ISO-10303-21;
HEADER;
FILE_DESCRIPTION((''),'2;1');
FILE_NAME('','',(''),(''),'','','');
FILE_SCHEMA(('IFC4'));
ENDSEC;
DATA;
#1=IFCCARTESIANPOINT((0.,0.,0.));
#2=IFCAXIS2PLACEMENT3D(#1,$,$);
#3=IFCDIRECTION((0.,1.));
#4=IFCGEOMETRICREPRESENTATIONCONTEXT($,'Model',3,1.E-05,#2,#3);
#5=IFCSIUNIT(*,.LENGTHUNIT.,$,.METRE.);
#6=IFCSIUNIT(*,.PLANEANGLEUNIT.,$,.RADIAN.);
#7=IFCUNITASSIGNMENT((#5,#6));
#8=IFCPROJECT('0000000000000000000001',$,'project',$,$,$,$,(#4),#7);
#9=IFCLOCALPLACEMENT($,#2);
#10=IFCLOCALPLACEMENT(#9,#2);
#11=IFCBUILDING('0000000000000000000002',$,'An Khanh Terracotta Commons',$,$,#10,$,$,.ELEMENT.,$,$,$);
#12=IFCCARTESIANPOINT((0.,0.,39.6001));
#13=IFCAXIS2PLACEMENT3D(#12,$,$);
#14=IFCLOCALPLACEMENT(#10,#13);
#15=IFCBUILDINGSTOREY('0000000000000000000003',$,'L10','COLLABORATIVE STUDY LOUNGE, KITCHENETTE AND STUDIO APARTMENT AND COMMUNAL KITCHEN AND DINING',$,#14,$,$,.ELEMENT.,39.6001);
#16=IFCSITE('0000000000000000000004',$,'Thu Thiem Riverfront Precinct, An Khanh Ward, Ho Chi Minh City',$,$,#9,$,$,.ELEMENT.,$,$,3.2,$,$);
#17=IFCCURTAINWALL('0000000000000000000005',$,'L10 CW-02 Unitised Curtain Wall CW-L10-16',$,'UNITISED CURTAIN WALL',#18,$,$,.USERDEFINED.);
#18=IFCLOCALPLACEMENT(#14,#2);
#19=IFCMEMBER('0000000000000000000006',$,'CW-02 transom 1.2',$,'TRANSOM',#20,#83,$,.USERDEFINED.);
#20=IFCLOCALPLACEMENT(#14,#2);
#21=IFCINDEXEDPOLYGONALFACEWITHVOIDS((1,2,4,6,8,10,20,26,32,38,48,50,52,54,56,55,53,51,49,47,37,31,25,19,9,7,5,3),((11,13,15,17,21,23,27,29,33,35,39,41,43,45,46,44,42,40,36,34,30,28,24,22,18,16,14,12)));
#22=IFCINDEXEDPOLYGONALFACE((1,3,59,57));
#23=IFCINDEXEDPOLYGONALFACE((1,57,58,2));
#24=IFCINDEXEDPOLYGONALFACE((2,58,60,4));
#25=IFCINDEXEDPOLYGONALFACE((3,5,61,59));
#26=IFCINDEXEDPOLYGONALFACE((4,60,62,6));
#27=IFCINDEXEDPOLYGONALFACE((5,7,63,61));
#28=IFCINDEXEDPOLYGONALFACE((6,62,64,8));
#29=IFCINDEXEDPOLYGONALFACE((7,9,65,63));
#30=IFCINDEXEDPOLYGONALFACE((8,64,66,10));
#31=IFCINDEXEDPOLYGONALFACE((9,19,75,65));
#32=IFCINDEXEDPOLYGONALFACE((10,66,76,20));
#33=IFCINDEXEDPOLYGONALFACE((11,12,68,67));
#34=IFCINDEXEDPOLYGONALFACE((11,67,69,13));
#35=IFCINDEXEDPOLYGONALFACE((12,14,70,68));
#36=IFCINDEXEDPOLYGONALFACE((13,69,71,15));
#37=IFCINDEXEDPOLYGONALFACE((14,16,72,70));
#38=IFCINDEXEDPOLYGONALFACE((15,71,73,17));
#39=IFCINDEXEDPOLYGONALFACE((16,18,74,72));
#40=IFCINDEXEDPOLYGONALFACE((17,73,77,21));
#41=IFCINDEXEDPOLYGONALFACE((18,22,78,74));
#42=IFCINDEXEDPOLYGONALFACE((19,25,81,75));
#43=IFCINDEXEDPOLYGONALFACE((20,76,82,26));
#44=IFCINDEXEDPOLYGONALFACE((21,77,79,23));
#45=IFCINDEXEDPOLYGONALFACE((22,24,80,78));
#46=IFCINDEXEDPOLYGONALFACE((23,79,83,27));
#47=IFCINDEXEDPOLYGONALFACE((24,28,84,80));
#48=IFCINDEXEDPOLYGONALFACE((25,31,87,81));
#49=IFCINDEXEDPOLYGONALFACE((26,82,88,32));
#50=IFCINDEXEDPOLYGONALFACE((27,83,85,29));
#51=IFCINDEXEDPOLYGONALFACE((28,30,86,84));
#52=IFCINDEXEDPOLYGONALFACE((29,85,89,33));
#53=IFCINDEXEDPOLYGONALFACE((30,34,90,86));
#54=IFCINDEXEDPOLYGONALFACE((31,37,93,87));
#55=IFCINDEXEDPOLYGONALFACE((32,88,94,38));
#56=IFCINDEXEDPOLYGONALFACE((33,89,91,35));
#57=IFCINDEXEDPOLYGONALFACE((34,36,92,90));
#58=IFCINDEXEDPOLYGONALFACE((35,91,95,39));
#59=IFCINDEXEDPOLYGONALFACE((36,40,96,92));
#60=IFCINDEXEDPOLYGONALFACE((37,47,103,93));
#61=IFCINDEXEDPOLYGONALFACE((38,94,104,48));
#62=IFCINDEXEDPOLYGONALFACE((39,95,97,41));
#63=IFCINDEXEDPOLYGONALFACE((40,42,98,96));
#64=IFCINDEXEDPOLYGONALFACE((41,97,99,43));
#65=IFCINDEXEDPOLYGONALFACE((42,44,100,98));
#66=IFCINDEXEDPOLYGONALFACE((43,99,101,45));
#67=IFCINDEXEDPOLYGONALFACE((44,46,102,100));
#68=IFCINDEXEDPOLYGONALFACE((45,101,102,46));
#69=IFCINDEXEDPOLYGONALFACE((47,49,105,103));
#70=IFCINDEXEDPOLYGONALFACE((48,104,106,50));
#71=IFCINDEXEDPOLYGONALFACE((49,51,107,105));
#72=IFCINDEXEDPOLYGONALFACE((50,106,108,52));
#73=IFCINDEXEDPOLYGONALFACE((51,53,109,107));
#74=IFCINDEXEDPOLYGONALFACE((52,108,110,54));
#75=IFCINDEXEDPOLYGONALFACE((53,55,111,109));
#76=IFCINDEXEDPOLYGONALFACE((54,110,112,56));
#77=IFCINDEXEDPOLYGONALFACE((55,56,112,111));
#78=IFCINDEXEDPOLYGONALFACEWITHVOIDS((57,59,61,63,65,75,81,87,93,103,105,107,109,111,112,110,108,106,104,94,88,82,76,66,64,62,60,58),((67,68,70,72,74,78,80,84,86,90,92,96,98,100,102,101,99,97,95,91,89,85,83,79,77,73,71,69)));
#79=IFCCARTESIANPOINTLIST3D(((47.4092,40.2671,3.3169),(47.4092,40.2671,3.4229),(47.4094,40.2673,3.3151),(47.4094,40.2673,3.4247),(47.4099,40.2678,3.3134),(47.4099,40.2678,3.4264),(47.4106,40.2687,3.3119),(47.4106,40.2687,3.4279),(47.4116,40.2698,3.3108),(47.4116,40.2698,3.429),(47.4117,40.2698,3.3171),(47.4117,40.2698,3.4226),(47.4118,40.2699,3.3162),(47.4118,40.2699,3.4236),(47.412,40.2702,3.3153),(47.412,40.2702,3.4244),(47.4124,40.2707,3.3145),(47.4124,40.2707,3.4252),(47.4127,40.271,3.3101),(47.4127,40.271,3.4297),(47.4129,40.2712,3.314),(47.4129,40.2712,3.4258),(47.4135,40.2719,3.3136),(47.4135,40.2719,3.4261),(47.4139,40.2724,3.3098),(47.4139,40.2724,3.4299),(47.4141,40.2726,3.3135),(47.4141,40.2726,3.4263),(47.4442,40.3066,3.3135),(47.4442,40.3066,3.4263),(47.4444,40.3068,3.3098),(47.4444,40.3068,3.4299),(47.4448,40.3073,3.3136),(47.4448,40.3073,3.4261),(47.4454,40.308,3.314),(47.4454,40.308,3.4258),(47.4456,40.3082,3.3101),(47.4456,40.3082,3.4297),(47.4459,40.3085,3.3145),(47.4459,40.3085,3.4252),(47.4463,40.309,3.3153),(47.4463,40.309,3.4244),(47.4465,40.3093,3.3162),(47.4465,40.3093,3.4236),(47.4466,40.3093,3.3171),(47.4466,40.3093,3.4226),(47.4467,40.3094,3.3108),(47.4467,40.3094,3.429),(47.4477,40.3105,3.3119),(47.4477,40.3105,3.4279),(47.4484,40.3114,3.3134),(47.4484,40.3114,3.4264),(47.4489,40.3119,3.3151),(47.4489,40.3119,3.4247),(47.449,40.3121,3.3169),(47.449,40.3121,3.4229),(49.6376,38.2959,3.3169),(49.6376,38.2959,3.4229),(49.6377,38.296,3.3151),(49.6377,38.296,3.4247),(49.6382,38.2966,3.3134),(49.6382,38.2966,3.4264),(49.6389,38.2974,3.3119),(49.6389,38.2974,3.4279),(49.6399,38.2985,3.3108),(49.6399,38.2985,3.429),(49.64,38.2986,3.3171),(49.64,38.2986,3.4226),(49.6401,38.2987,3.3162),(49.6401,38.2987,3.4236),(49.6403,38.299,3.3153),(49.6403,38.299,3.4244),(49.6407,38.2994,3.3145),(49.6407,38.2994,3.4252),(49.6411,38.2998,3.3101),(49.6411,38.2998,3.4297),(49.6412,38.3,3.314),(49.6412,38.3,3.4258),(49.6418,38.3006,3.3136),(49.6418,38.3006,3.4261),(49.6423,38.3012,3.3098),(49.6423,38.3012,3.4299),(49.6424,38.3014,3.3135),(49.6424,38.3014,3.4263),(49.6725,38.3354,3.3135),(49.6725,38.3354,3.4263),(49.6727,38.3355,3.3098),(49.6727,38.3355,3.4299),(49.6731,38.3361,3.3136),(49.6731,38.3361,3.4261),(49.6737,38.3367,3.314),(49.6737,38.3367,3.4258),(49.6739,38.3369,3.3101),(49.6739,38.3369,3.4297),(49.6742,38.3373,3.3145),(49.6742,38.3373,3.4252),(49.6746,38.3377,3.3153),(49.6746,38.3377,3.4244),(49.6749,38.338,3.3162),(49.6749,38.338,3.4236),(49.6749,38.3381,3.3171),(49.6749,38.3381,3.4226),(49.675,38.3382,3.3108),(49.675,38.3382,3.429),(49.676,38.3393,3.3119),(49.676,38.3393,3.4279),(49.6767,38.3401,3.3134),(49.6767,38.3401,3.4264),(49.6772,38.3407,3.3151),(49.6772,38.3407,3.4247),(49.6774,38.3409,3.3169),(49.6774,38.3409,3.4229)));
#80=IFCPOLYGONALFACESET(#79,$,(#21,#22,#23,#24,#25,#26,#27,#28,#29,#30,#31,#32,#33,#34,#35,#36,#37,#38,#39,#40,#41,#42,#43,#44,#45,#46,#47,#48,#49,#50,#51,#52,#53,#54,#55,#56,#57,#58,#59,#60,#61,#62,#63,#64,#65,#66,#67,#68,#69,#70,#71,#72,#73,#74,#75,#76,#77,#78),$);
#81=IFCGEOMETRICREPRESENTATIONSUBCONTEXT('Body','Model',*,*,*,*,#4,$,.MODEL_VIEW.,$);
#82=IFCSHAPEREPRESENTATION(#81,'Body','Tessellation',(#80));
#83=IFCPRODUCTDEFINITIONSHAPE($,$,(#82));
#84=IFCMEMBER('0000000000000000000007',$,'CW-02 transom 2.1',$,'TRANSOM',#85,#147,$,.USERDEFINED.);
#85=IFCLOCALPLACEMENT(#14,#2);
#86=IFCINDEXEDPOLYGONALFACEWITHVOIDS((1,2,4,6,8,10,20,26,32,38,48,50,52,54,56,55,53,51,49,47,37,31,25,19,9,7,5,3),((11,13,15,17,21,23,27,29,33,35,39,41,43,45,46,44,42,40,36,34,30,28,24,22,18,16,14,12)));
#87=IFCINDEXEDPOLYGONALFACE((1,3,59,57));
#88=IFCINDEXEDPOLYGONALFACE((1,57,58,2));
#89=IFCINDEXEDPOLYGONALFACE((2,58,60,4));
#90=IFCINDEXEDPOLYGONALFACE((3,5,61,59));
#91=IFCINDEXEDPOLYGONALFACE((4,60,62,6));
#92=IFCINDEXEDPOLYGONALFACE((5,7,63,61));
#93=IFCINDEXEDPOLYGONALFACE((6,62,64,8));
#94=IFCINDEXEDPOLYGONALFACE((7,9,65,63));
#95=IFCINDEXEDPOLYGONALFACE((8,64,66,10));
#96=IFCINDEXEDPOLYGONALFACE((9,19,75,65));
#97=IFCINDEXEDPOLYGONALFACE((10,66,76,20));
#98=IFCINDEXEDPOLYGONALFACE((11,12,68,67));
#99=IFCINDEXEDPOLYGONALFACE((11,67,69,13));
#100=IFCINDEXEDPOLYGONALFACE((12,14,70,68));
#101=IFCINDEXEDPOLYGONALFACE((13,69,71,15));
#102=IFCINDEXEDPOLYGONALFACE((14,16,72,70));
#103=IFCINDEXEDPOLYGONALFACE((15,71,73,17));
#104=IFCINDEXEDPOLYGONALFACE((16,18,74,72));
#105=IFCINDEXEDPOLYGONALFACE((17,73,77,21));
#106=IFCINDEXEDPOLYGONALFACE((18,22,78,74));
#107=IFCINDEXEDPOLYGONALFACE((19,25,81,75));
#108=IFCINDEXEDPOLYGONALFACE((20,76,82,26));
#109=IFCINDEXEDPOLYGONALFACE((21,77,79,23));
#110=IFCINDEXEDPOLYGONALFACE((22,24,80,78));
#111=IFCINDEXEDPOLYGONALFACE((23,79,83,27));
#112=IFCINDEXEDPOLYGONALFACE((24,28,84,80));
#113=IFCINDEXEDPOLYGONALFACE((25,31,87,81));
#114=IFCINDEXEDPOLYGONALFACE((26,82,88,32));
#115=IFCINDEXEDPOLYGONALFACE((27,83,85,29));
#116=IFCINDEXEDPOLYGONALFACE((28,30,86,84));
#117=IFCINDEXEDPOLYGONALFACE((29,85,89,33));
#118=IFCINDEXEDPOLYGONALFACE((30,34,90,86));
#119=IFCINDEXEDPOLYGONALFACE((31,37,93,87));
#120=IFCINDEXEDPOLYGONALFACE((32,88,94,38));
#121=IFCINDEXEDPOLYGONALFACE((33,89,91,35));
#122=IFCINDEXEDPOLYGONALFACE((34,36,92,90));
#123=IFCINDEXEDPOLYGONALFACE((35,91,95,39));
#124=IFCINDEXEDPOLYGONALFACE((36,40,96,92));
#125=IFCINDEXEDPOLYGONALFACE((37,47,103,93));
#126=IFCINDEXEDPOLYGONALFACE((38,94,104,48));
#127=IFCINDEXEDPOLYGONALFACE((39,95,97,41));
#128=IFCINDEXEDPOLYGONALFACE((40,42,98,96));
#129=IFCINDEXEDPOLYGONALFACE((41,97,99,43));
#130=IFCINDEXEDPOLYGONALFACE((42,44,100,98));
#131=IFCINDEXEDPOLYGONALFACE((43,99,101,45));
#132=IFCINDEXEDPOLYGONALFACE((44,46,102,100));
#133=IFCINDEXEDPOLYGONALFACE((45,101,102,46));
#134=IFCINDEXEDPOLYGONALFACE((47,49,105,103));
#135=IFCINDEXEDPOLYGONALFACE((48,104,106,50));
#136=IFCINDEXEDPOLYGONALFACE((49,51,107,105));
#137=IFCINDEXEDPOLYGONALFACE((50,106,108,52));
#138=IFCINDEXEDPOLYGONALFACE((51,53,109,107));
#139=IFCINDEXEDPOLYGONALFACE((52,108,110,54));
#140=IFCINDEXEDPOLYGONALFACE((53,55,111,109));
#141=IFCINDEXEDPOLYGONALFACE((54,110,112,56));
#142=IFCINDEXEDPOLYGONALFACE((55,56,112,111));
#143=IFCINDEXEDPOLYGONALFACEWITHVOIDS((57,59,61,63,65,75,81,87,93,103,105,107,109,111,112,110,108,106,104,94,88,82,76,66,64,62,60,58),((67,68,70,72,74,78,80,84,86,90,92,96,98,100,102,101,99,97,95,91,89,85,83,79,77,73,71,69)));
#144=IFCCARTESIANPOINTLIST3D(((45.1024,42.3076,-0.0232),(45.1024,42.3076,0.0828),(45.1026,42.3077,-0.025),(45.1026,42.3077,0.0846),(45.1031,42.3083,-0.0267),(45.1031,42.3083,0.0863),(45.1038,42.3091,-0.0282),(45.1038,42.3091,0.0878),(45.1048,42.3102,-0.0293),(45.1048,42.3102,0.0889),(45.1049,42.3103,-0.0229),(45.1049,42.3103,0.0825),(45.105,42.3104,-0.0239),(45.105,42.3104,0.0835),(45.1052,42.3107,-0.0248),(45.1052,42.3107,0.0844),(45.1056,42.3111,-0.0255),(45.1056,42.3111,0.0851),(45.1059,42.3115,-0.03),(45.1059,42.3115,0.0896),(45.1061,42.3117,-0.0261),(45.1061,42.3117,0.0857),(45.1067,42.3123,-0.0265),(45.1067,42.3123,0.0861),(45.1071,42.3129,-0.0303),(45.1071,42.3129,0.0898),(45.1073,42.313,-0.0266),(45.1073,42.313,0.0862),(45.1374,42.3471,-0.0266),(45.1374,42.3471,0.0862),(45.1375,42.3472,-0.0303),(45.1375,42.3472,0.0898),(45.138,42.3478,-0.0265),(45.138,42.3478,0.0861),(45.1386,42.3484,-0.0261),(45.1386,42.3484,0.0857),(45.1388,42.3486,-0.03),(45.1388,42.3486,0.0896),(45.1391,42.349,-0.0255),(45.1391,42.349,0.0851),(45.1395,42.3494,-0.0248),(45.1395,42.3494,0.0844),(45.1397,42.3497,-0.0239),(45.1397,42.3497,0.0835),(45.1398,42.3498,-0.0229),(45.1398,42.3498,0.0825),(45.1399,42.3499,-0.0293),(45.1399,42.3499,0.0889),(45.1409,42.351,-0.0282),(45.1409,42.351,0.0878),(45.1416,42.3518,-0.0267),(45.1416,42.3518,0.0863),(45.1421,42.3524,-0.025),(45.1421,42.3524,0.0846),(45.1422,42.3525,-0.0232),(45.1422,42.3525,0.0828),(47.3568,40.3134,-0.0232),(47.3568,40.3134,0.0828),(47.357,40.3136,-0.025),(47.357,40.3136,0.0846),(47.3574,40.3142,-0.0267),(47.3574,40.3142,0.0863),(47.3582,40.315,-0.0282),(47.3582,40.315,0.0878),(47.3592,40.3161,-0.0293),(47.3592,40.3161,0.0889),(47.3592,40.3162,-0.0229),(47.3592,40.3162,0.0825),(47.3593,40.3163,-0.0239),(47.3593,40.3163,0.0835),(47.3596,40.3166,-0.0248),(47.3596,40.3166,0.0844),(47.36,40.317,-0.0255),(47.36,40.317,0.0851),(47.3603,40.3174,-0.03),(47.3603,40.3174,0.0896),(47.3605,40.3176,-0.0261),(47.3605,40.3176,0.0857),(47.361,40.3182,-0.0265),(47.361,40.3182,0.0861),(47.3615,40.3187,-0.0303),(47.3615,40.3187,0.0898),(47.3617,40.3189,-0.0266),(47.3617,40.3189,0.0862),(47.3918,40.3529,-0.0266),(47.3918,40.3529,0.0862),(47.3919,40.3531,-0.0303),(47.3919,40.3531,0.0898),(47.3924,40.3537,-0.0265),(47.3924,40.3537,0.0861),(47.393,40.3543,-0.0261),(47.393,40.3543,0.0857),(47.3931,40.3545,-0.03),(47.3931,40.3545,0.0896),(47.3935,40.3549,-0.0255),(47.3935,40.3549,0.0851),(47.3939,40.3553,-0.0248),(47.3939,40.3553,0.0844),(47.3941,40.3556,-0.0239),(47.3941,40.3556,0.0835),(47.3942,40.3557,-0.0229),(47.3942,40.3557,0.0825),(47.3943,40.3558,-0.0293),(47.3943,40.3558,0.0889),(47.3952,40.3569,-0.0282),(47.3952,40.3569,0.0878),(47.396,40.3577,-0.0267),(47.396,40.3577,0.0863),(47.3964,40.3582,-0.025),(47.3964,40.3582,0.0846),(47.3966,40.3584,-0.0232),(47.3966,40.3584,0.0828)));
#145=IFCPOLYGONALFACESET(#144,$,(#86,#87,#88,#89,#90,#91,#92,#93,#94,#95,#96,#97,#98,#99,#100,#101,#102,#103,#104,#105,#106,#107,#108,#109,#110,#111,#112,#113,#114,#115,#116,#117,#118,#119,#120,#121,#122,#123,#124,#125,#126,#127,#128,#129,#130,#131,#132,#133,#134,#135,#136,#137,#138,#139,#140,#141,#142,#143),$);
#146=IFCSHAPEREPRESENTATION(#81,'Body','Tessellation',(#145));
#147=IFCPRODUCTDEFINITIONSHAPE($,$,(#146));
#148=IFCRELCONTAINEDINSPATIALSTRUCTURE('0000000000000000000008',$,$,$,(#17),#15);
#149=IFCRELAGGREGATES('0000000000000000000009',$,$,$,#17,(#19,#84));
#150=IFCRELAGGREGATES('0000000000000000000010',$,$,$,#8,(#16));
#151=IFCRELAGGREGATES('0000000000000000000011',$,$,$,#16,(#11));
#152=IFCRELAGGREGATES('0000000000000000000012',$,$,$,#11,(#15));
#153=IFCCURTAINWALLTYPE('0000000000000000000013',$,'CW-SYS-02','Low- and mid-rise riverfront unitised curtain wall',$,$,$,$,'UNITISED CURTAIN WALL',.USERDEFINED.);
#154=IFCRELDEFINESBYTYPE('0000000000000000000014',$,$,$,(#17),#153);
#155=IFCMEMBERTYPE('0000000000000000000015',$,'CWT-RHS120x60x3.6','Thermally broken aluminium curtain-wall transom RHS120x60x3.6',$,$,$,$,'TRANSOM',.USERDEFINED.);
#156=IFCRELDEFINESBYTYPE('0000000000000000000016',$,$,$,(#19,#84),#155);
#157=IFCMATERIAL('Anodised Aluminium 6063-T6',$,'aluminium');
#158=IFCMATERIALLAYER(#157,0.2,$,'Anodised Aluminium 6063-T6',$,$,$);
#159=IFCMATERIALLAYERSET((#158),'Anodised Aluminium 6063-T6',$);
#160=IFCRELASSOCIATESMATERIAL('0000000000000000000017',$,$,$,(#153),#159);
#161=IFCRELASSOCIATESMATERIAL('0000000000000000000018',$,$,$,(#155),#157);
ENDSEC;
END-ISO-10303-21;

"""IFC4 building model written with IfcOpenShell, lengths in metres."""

from ifc_helpers import new_model, si_unit, direction, frame, origin, origin_2d, place, context, subcontext, project, spatial, hollow_rectangle, extrude, material, layer, layer_set, material_profile, profile_set, type_object, element, aggregate, save


model = new_model("IFC4")

# Units and contexts
model_context = context("Model", 3, precision=1e-05, world=origin(), true_north=direction((0.0, 1.0)))
body_context = subcontext(model_context, "Body", "Model", "MODEL_VIEW")
ifc_project = project(units=[si_unit("LENGTHUNIT", "METRE"), si_unit("PLANEANGLEUNIT", "RADIAN")], contexts=[model_context])

# Site, building, storey
site_placement = place(None, origin())
site = spatial("IfcSite", under=ifc_project, at=site_placement, Name="Thu Thiem Riverfront Precinct, An Khanh Ward, Ho Chi Minh City", CompositionType="ELEMENT", RefElevation=3.2)
building_placement = place(site_placement, origin())
building = spatial("IfcBuilding", under=site, at=building_placement, Name="An Khanh Terracotta Commons", CompositionType="ELEMENT")
storey_placement = place(building_placement, frame((0.0, 0.0, 39.6001)))
storey = spatial("IfcBuildingStorey", under=building, at=storey_placement, Name="L10", Description="COLLABORATIVE STUDY LOUNGE, KITCHENETTE AND STUDIO APARTMENT AND COMMUNAL KITCHEN AND DINING", CompositionType="ELEMENT", Elevation=39.6001)

# Shared definitions
ifc_material_1 = material(Name="Anodised Aluminium 6063-T6", Category="aluminium")
ifc_layer_1 = layer(ifc_material_1, 0.2, Name="Anodised Aluminium 6063-T6")
ifc_layer_set_1 = layer_set([ifc_layer_1], Name="Anodised Aluminium 6063-T6")
curtain_wall_type = type_object("IfcCurtainWallType", Name="CW-SYS-02", Description="Low- and mid-rise riverfront unitised curtain wall", ElementType="UNITISED CURTAIN WALL", PredefinedType="USERDEFINED", material=ifc_layer_set_1)

# Curtain wall, members
curtain_wall_1_placement = place(storey_placement, origin())
curtain_wall_1 = element("IfcCurtainWall", 1, at=curtain_wall_1_placement, inside=storey, type_object=curtain_wall_type, Name="L10 CW-02 Unitised Curtain Wall CW-L10-16", ObjectType="UNITISED CURTAIN WALL", PredefinedType="USERDEFINED")
ifc_material_profile_1 = material_profile(ifc_material_1, hollow_rectangle(XDim=0.0601, YDim=0.1201, WallThickness=0.0037, InnerFilletRadius=0.0037, OuterFilletRadius=0.0071, at=origin_2d()), Name="RHS120x60x3.6")
ifc_profile_set_1 = profile_set([ifc_material_profile_1], Name="Anodised Aluminium 6063-T6")
member_type_1 = type_object("IfcMemberType", Name="CWT-RHS120x60x3.6", Description="Thermally broken aluminium curtain-wall transom RHS120x60x3.6", ElementType="TRANSOM", PredefinedType="USERDEFINED", material=ifc_profile_set_1)
member_1_placement = place(storey_placement, frame((49.6575, 38.3184, 3.3699), z_axis=(-0.748992, 0.662579, 0.0), x_axis=(-0.662579, -0.748992, 0.0)))
member_1 = element("IfcMember", 2, at=member_1_placement, type_object=member_type_1, Name="CW-02 transom 1.2", ObjectType="TRANSOM", PredefinedType="USERDEFINED", context=body_context, shape_type="SweptSolid", body=[
    extrude(hollow_rectangle(XDim=0.0601, YDim=0.1201, WallThickness=0.0037, InnerFilletRadius=0.0037, OuterFilletRadius=0.0071, at=origin_2d()), origin(), (0.0, 0.0, 1.0), 2.9751),
])
member_2_placement = place(storey_placement, frame((47.3767, 40.3359, 0.0298), z_axis=(-0.749018, 0.662549, 0.0), x_axis=(-0.662549, -0.749018, 0.0)))
member_2 = element("IfcMember", 3, at=member_2_placement, type_object=member_type_1, Name="CW-02 transom 2.1", ObjectType="TRANSOM", PredefinedType="USERDEFINED", context=body_context, shape_type="SweptSolid", body=[
    extrude(hollow_rectangle(XDim=0.0601, YDim=0.1201, WallThickness=0.0037, InnerFilletRadius=0.0037, OuterFilletRadius=0.0071, at=origin_2d()), origin(), (0.0, 0.0, 1.0), 3.0098),
])
aggregate(curtain_wall_1, [member_1, member_2])

save(model, "model.ifc")
